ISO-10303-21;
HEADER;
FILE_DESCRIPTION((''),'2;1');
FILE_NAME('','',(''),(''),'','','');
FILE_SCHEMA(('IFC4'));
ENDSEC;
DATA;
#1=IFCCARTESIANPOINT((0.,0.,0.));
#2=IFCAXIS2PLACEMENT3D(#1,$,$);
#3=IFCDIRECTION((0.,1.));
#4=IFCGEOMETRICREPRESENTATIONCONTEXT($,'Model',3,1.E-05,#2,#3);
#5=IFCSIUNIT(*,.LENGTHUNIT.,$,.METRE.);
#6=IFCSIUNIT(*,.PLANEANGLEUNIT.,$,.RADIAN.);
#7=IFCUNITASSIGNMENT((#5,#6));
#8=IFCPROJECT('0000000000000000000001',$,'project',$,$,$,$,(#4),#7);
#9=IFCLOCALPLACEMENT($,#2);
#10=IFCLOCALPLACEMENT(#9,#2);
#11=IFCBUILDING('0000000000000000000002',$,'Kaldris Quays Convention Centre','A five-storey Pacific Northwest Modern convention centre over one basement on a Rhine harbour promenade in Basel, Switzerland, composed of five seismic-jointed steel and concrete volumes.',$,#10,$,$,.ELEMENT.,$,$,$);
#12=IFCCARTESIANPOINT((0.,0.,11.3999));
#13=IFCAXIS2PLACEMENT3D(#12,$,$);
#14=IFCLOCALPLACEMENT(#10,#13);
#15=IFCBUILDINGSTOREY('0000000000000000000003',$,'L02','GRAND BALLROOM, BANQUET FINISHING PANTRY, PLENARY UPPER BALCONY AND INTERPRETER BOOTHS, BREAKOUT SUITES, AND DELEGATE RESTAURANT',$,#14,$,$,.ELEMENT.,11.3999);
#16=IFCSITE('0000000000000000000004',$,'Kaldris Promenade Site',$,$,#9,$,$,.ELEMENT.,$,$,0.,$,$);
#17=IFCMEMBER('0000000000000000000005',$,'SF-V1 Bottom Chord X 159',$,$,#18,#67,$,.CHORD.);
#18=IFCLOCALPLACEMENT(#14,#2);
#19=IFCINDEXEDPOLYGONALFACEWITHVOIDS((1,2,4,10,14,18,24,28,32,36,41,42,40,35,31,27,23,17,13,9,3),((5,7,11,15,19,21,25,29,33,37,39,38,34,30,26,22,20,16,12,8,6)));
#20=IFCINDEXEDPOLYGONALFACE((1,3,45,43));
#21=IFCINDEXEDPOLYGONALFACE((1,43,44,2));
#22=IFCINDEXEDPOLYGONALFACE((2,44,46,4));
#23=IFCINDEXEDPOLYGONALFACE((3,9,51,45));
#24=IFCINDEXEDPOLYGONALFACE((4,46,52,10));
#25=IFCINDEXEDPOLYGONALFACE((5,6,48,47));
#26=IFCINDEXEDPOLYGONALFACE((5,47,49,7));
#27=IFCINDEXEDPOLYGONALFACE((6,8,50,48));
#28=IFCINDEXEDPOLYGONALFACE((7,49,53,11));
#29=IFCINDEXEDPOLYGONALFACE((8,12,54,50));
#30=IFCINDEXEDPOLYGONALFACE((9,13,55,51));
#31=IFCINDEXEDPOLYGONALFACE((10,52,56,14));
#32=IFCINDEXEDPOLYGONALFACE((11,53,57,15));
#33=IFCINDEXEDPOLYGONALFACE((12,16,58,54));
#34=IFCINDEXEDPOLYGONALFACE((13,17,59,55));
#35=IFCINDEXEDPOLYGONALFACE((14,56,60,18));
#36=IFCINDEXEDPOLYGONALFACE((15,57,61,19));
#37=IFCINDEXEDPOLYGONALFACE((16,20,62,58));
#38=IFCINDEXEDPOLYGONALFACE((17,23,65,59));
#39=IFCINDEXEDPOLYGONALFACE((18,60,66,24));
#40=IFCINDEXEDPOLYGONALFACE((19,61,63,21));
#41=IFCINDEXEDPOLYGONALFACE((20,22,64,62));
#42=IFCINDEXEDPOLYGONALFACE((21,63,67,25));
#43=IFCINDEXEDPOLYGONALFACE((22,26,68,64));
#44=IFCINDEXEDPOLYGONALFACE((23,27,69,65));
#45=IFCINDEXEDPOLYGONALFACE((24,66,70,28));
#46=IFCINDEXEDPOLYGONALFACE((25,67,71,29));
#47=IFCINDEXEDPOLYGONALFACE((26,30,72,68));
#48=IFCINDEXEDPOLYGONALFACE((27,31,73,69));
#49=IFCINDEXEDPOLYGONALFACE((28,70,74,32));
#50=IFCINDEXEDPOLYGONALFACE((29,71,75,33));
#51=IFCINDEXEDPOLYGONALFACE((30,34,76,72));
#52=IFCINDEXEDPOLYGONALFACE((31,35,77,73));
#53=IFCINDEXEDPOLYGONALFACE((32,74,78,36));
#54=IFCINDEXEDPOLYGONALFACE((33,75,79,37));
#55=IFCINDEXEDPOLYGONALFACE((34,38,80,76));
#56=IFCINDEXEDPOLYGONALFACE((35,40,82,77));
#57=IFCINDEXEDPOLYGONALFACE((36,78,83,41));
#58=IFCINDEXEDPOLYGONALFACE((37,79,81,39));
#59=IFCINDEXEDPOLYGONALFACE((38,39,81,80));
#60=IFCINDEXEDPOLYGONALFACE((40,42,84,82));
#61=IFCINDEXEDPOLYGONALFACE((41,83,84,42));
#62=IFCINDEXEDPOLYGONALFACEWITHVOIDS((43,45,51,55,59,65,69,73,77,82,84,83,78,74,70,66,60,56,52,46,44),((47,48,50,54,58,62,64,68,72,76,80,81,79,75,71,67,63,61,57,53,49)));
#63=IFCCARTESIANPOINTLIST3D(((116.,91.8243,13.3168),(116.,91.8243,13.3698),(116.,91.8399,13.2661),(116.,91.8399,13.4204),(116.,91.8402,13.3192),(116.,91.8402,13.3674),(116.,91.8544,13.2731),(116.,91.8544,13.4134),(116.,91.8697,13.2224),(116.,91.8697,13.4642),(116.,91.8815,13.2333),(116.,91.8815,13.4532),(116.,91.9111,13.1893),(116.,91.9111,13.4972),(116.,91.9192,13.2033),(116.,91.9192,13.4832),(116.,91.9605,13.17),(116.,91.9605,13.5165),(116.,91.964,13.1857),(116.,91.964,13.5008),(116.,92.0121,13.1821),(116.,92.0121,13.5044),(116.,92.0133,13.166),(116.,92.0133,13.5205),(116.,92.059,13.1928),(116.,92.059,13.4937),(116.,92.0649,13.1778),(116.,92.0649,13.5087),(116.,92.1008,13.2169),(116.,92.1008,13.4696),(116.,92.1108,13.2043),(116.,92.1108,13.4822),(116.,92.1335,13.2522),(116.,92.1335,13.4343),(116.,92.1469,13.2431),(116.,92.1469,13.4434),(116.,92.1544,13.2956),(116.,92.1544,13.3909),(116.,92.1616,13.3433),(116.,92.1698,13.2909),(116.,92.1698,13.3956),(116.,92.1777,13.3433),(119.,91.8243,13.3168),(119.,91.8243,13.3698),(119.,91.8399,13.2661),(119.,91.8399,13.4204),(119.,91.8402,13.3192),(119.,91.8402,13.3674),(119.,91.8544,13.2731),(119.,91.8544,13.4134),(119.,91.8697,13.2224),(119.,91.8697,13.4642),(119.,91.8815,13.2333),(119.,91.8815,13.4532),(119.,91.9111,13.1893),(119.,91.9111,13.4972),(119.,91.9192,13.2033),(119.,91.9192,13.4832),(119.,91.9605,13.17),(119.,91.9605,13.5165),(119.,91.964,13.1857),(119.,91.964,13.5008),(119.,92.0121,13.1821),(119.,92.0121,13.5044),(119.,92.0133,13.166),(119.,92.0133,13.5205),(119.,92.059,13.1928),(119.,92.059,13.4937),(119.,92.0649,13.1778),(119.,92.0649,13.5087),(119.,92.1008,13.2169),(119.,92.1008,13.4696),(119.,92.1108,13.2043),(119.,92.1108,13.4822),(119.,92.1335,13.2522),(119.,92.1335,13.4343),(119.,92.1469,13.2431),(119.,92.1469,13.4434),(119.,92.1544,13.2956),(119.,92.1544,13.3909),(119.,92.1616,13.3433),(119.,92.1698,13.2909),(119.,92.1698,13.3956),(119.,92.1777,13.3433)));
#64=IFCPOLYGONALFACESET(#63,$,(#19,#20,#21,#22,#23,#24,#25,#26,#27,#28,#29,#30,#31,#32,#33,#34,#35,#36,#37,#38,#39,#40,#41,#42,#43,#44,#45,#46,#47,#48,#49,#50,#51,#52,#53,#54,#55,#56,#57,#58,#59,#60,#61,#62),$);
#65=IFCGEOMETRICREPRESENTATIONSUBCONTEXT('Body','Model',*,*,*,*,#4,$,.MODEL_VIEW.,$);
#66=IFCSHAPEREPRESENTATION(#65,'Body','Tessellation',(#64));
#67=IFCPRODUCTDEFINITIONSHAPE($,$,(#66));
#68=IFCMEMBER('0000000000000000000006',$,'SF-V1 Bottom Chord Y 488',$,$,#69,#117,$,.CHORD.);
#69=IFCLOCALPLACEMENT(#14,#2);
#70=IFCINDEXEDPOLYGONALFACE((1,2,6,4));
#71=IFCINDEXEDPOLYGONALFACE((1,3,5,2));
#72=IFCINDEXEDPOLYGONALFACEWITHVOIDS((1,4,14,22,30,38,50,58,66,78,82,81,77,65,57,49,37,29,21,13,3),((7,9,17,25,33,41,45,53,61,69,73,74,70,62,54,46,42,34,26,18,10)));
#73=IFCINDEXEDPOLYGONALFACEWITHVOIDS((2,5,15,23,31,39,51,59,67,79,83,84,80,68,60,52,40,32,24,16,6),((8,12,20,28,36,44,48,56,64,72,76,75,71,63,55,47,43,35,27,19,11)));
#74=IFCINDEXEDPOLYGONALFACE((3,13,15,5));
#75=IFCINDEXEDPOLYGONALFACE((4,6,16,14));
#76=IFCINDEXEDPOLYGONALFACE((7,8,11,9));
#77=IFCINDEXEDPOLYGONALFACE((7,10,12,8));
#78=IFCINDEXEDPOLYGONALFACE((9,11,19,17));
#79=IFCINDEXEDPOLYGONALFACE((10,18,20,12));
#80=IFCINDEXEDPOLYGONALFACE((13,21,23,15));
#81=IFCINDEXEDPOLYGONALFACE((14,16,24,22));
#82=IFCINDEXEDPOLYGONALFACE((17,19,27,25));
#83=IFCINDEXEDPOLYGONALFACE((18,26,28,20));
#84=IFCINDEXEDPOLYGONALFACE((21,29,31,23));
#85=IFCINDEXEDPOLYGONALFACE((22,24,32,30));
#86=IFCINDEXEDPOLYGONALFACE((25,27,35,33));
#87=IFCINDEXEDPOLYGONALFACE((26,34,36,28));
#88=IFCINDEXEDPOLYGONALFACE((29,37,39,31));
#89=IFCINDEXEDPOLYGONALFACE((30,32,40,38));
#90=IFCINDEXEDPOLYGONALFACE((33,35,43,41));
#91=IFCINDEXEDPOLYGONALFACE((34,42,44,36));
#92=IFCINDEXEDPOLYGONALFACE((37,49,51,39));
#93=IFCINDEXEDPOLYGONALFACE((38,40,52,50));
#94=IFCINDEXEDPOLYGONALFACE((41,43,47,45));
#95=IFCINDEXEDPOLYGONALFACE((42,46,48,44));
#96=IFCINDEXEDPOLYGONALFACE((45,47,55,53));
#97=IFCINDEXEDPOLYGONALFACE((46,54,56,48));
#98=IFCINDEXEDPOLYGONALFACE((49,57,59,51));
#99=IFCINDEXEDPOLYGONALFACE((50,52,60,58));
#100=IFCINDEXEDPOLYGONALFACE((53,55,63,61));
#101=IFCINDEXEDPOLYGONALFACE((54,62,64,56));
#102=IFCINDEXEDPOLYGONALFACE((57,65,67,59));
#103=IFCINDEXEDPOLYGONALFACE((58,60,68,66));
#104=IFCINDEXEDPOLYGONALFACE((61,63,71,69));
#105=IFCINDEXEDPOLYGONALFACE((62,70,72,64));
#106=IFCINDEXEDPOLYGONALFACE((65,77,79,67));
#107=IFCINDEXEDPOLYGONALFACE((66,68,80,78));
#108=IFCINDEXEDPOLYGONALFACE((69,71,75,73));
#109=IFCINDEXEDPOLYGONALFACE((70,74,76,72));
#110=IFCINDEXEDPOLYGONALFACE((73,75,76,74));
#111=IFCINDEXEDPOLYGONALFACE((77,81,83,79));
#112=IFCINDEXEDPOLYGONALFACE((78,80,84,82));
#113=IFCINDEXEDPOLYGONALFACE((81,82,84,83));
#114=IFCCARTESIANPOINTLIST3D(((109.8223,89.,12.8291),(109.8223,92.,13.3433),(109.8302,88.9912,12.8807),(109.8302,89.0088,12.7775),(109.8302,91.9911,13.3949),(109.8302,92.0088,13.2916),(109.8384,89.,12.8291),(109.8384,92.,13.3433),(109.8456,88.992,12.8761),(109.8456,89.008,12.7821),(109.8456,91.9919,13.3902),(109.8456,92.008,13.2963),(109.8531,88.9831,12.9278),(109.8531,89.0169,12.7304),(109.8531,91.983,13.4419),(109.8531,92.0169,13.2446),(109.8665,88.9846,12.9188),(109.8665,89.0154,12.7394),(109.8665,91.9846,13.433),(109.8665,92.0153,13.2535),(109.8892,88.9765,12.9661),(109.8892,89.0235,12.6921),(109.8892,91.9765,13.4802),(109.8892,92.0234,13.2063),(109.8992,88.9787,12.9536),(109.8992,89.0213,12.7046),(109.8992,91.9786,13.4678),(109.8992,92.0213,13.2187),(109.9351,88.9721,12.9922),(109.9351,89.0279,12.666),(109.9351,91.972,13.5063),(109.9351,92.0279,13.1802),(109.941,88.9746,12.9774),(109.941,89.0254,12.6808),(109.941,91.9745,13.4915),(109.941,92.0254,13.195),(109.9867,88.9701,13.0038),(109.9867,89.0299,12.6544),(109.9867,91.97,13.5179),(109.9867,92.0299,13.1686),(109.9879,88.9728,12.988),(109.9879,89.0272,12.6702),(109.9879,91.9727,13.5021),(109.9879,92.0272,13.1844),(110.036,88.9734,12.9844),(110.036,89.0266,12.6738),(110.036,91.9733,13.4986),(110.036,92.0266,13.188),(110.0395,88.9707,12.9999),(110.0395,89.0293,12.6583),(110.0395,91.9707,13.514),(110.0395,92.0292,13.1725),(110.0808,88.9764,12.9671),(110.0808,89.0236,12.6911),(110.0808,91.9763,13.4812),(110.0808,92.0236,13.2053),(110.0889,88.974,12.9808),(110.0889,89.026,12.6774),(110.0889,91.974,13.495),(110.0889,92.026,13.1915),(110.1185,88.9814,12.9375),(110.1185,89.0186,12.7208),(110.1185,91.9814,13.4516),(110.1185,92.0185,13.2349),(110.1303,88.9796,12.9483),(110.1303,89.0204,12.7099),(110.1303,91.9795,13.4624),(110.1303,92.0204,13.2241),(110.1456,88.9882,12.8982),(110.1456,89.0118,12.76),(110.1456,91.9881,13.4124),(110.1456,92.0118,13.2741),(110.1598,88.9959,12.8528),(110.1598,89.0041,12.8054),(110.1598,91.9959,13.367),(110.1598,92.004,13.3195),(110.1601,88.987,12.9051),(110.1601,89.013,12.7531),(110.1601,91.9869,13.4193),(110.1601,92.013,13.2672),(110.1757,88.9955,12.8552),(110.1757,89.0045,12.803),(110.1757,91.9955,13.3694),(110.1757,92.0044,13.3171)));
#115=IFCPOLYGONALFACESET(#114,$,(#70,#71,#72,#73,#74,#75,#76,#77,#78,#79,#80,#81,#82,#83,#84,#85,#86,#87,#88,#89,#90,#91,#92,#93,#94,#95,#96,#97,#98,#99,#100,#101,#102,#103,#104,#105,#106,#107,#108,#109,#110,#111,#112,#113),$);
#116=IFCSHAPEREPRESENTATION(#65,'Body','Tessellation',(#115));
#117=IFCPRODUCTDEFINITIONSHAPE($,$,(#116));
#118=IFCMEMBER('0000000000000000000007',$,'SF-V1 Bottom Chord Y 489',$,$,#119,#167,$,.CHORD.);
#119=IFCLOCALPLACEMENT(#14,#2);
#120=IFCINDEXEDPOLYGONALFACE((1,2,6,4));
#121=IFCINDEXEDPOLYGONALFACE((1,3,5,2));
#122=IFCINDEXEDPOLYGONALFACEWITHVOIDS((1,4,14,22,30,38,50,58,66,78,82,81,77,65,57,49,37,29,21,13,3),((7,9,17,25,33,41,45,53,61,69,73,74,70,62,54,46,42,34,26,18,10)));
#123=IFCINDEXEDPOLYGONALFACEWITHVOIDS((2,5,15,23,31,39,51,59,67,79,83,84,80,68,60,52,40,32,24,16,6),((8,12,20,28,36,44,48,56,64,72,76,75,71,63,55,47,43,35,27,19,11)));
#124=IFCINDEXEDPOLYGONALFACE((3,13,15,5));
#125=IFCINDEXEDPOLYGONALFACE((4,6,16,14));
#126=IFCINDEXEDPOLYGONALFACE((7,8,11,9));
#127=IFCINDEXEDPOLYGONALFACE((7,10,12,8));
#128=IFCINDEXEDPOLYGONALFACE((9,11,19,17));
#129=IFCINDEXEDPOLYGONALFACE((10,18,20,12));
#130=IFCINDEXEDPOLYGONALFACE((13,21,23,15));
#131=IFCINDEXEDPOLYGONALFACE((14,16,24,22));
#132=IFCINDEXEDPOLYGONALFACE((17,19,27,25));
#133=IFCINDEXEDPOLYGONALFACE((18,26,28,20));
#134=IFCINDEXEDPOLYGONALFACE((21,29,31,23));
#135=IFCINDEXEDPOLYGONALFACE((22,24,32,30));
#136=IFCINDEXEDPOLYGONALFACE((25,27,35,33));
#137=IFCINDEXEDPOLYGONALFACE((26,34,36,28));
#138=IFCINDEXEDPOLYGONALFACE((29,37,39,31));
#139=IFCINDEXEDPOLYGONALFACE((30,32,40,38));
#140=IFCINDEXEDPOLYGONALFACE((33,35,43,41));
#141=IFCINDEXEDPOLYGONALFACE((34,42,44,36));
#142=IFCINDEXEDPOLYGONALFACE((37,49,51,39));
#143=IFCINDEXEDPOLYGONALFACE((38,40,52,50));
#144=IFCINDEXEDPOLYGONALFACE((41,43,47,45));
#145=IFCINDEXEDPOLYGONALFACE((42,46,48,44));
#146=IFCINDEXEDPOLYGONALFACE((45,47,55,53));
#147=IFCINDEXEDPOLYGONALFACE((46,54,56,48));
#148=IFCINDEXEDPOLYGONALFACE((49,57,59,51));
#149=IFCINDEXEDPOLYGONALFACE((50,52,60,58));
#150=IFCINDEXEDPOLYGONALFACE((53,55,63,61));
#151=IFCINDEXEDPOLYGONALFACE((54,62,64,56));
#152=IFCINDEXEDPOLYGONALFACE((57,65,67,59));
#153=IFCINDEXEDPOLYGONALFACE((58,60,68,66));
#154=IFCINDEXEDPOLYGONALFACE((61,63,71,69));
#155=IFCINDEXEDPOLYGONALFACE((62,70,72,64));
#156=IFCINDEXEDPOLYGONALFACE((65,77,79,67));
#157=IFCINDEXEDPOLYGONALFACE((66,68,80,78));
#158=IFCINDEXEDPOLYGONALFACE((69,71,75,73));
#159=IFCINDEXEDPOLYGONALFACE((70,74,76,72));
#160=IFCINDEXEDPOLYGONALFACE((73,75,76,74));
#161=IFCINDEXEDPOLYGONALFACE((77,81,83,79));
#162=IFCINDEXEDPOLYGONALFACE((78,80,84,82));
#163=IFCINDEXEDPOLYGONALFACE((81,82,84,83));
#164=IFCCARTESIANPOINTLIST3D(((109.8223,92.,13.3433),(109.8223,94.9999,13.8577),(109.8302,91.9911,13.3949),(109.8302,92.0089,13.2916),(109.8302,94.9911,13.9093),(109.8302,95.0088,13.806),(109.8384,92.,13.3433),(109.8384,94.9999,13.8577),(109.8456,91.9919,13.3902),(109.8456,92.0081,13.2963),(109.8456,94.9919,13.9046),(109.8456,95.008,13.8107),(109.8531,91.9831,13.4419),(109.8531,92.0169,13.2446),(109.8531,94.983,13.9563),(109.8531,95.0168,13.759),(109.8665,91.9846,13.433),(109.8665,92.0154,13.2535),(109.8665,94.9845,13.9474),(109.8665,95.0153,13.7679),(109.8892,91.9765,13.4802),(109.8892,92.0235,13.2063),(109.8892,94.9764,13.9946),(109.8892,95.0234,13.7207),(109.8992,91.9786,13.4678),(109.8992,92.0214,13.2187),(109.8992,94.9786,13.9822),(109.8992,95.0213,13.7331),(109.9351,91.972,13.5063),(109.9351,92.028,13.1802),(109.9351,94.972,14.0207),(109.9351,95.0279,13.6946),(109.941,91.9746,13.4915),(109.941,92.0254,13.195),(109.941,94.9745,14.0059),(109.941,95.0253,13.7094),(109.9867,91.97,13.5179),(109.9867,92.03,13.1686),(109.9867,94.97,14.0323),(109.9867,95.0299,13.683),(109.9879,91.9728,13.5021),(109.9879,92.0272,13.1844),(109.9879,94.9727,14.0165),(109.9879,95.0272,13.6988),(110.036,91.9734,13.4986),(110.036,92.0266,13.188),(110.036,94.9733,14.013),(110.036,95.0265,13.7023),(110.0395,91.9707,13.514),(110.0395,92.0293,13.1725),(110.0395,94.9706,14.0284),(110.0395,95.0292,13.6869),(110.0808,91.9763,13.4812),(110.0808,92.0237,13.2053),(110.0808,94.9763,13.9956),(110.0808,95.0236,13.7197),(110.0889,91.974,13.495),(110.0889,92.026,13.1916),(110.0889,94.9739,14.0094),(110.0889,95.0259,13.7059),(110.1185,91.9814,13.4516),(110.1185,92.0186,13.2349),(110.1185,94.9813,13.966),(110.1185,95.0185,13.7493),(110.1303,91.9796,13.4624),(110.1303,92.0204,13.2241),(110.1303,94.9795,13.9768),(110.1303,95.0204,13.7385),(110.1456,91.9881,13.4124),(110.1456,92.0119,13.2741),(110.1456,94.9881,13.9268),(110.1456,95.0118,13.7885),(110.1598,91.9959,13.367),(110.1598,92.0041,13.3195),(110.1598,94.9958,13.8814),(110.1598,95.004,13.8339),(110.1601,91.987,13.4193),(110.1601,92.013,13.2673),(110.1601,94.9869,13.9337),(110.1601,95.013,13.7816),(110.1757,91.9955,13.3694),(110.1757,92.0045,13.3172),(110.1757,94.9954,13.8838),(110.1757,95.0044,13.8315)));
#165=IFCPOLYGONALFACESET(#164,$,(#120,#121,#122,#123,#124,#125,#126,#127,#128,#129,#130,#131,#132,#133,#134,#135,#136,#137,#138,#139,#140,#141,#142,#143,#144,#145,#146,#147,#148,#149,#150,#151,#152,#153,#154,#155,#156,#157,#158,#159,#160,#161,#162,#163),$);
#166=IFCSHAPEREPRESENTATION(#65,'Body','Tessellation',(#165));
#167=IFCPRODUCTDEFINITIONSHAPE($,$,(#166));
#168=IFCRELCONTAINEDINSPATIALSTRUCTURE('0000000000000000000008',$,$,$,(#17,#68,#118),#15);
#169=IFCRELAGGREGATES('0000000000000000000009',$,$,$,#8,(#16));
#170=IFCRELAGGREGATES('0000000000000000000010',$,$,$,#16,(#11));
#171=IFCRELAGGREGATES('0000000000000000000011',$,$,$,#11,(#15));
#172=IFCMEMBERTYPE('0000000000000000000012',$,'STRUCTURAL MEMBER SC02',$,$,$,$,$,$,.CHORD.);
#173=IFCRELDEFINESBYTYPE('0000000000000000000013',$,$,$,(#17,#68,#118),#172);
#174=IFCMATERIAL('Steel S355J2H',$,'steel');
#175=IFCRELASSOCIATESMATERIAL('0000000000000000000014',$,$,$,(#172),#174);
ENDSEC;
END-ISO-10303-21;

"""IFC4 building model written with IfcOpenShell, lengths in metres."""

from ifc_helpers import new_model, si_unit, direction, frame, origin, origin_2d, place, context, subcontext, project, spatial, hollow_circle, extrude, material, material_profile, profile_set, type_object, element, save


model = new_model("IFC4")

# Units and contexts
model_context = context("Model", 3, precision=1e-05, world=origin(), true_north=direction((0.0, 1.0)))
body_context = subcontext(model_context, "Body", "Model", "MODEL_VIEW")
ifc_project = project(units=[si_unit("LENGTHUNIT", "METRE"), si_unit("PLANEANGLEUNIT", "RADIAN")], contexts=[model_context])

# Site, building, storey
site_placement = place(None, origin())
site = spatial("IfcSite", under=ifc_project, at=site_placement, Name="Kaldris Promenade Site", CompositionType="ELEMENT", RefElevation=0.0)
building_placement = place(site_placement, origin())
building = spatial("IfcBuilding", under=site, at=building_placement, Name="Kaldris Quays Convention Centre", Description="A five-storey Pacific Northwest Modern convention centre over one basement on a Rhine harbour promenade in Basel, Switzerland, composed of five seismic-jointed steel and concrete volumes.", CompositionType="ELEMENT")
storey_placement = place(building_placement, frame((0.0, 0.0, 11.3999)))
storey = spatial("IfcBuildingStorey", under=building, at=storey_placement, Name="L02", Description="GRAND BALLROOM, BANQUET FINISHING PANTRY, PLENARY UPPER BALCONY AND INTERPRETER BOOTHS, BREAKOUT SUITES, AND DELEGATE RESTAURANT", CompositionType="ELEMENT", Elevation=11.3999)

# Members
ifc_material_1 = material(Name="Steel S355J2H", Category="steel")
ifc_material_profile_1 = material_profile(ifc_material_1, hollow_circle(Radius=0.1777, WallThickness=0.0161, at=origin_2d()), Name="CHS 355.6x16")
ifc_profile_set_1 = profile_set([ifc_material_profile_1], Name="Steel S355J2H")
member_type_1 = type_object("IfcMemberType", Name="STRUCTURAL MEMBER SC02", PredefinedType="CHORD", material=ifc_profile_set_1)
for number, where, z_axis, x_axis, name in (
    (1, (116.0, 92.0, 13.3433), (1.0, 0.0, 0.0), (0.0, 1.0, 0.0), "SF-V1 Bottom Chord X 159"),
):
    element("IfcMember", number, at=place(storey_placement, frame(where, z_axis=z_axis, x_axis=x_axis)), inside=storey, type_object=member_type_1, Name=name, PredefinedType="CHORD", context=body_context, shape_type="SweptSolid", body=[
        extrude(hollow_circle(Radius=0.1777, WallThickness=0.0161, at=origin_2d()), origin(), (0.0, 0.0, 1.0), 3.0),
    ])
for number, where, z_axis, x_axis, name in (
    (2, (110.0, 89.0, 12.8291), (0.0, 0.985629, 0.168924), (-1.0, 0.0, 0.0), "SF-V1 Bottom Chord Y 488"),
    (3, (110.0, 92.0, 13.3433), (0.0, 0.985616, 0.169002), (-1.0, 0.0, 0.0), "SF-V1 Bottom Chord Y 489"),
):
    element("IfcMember", number, at=place(storey_placement, frame(where, z_axis=z_axis, x_axis=x_axis)), inside=storey, type_object=member_type_1, Name=name, PredefinedType="CHORD", context=body_context, shape_type="SweptSolid", body=[
        extrude(hollow_circle(Radius=0.1777, WallThickness=0.0161, at=origin_2d()), origin(), (0.0, 0.0, 1.0), 3.0437),
    ])

save(model, "model.ifc")
